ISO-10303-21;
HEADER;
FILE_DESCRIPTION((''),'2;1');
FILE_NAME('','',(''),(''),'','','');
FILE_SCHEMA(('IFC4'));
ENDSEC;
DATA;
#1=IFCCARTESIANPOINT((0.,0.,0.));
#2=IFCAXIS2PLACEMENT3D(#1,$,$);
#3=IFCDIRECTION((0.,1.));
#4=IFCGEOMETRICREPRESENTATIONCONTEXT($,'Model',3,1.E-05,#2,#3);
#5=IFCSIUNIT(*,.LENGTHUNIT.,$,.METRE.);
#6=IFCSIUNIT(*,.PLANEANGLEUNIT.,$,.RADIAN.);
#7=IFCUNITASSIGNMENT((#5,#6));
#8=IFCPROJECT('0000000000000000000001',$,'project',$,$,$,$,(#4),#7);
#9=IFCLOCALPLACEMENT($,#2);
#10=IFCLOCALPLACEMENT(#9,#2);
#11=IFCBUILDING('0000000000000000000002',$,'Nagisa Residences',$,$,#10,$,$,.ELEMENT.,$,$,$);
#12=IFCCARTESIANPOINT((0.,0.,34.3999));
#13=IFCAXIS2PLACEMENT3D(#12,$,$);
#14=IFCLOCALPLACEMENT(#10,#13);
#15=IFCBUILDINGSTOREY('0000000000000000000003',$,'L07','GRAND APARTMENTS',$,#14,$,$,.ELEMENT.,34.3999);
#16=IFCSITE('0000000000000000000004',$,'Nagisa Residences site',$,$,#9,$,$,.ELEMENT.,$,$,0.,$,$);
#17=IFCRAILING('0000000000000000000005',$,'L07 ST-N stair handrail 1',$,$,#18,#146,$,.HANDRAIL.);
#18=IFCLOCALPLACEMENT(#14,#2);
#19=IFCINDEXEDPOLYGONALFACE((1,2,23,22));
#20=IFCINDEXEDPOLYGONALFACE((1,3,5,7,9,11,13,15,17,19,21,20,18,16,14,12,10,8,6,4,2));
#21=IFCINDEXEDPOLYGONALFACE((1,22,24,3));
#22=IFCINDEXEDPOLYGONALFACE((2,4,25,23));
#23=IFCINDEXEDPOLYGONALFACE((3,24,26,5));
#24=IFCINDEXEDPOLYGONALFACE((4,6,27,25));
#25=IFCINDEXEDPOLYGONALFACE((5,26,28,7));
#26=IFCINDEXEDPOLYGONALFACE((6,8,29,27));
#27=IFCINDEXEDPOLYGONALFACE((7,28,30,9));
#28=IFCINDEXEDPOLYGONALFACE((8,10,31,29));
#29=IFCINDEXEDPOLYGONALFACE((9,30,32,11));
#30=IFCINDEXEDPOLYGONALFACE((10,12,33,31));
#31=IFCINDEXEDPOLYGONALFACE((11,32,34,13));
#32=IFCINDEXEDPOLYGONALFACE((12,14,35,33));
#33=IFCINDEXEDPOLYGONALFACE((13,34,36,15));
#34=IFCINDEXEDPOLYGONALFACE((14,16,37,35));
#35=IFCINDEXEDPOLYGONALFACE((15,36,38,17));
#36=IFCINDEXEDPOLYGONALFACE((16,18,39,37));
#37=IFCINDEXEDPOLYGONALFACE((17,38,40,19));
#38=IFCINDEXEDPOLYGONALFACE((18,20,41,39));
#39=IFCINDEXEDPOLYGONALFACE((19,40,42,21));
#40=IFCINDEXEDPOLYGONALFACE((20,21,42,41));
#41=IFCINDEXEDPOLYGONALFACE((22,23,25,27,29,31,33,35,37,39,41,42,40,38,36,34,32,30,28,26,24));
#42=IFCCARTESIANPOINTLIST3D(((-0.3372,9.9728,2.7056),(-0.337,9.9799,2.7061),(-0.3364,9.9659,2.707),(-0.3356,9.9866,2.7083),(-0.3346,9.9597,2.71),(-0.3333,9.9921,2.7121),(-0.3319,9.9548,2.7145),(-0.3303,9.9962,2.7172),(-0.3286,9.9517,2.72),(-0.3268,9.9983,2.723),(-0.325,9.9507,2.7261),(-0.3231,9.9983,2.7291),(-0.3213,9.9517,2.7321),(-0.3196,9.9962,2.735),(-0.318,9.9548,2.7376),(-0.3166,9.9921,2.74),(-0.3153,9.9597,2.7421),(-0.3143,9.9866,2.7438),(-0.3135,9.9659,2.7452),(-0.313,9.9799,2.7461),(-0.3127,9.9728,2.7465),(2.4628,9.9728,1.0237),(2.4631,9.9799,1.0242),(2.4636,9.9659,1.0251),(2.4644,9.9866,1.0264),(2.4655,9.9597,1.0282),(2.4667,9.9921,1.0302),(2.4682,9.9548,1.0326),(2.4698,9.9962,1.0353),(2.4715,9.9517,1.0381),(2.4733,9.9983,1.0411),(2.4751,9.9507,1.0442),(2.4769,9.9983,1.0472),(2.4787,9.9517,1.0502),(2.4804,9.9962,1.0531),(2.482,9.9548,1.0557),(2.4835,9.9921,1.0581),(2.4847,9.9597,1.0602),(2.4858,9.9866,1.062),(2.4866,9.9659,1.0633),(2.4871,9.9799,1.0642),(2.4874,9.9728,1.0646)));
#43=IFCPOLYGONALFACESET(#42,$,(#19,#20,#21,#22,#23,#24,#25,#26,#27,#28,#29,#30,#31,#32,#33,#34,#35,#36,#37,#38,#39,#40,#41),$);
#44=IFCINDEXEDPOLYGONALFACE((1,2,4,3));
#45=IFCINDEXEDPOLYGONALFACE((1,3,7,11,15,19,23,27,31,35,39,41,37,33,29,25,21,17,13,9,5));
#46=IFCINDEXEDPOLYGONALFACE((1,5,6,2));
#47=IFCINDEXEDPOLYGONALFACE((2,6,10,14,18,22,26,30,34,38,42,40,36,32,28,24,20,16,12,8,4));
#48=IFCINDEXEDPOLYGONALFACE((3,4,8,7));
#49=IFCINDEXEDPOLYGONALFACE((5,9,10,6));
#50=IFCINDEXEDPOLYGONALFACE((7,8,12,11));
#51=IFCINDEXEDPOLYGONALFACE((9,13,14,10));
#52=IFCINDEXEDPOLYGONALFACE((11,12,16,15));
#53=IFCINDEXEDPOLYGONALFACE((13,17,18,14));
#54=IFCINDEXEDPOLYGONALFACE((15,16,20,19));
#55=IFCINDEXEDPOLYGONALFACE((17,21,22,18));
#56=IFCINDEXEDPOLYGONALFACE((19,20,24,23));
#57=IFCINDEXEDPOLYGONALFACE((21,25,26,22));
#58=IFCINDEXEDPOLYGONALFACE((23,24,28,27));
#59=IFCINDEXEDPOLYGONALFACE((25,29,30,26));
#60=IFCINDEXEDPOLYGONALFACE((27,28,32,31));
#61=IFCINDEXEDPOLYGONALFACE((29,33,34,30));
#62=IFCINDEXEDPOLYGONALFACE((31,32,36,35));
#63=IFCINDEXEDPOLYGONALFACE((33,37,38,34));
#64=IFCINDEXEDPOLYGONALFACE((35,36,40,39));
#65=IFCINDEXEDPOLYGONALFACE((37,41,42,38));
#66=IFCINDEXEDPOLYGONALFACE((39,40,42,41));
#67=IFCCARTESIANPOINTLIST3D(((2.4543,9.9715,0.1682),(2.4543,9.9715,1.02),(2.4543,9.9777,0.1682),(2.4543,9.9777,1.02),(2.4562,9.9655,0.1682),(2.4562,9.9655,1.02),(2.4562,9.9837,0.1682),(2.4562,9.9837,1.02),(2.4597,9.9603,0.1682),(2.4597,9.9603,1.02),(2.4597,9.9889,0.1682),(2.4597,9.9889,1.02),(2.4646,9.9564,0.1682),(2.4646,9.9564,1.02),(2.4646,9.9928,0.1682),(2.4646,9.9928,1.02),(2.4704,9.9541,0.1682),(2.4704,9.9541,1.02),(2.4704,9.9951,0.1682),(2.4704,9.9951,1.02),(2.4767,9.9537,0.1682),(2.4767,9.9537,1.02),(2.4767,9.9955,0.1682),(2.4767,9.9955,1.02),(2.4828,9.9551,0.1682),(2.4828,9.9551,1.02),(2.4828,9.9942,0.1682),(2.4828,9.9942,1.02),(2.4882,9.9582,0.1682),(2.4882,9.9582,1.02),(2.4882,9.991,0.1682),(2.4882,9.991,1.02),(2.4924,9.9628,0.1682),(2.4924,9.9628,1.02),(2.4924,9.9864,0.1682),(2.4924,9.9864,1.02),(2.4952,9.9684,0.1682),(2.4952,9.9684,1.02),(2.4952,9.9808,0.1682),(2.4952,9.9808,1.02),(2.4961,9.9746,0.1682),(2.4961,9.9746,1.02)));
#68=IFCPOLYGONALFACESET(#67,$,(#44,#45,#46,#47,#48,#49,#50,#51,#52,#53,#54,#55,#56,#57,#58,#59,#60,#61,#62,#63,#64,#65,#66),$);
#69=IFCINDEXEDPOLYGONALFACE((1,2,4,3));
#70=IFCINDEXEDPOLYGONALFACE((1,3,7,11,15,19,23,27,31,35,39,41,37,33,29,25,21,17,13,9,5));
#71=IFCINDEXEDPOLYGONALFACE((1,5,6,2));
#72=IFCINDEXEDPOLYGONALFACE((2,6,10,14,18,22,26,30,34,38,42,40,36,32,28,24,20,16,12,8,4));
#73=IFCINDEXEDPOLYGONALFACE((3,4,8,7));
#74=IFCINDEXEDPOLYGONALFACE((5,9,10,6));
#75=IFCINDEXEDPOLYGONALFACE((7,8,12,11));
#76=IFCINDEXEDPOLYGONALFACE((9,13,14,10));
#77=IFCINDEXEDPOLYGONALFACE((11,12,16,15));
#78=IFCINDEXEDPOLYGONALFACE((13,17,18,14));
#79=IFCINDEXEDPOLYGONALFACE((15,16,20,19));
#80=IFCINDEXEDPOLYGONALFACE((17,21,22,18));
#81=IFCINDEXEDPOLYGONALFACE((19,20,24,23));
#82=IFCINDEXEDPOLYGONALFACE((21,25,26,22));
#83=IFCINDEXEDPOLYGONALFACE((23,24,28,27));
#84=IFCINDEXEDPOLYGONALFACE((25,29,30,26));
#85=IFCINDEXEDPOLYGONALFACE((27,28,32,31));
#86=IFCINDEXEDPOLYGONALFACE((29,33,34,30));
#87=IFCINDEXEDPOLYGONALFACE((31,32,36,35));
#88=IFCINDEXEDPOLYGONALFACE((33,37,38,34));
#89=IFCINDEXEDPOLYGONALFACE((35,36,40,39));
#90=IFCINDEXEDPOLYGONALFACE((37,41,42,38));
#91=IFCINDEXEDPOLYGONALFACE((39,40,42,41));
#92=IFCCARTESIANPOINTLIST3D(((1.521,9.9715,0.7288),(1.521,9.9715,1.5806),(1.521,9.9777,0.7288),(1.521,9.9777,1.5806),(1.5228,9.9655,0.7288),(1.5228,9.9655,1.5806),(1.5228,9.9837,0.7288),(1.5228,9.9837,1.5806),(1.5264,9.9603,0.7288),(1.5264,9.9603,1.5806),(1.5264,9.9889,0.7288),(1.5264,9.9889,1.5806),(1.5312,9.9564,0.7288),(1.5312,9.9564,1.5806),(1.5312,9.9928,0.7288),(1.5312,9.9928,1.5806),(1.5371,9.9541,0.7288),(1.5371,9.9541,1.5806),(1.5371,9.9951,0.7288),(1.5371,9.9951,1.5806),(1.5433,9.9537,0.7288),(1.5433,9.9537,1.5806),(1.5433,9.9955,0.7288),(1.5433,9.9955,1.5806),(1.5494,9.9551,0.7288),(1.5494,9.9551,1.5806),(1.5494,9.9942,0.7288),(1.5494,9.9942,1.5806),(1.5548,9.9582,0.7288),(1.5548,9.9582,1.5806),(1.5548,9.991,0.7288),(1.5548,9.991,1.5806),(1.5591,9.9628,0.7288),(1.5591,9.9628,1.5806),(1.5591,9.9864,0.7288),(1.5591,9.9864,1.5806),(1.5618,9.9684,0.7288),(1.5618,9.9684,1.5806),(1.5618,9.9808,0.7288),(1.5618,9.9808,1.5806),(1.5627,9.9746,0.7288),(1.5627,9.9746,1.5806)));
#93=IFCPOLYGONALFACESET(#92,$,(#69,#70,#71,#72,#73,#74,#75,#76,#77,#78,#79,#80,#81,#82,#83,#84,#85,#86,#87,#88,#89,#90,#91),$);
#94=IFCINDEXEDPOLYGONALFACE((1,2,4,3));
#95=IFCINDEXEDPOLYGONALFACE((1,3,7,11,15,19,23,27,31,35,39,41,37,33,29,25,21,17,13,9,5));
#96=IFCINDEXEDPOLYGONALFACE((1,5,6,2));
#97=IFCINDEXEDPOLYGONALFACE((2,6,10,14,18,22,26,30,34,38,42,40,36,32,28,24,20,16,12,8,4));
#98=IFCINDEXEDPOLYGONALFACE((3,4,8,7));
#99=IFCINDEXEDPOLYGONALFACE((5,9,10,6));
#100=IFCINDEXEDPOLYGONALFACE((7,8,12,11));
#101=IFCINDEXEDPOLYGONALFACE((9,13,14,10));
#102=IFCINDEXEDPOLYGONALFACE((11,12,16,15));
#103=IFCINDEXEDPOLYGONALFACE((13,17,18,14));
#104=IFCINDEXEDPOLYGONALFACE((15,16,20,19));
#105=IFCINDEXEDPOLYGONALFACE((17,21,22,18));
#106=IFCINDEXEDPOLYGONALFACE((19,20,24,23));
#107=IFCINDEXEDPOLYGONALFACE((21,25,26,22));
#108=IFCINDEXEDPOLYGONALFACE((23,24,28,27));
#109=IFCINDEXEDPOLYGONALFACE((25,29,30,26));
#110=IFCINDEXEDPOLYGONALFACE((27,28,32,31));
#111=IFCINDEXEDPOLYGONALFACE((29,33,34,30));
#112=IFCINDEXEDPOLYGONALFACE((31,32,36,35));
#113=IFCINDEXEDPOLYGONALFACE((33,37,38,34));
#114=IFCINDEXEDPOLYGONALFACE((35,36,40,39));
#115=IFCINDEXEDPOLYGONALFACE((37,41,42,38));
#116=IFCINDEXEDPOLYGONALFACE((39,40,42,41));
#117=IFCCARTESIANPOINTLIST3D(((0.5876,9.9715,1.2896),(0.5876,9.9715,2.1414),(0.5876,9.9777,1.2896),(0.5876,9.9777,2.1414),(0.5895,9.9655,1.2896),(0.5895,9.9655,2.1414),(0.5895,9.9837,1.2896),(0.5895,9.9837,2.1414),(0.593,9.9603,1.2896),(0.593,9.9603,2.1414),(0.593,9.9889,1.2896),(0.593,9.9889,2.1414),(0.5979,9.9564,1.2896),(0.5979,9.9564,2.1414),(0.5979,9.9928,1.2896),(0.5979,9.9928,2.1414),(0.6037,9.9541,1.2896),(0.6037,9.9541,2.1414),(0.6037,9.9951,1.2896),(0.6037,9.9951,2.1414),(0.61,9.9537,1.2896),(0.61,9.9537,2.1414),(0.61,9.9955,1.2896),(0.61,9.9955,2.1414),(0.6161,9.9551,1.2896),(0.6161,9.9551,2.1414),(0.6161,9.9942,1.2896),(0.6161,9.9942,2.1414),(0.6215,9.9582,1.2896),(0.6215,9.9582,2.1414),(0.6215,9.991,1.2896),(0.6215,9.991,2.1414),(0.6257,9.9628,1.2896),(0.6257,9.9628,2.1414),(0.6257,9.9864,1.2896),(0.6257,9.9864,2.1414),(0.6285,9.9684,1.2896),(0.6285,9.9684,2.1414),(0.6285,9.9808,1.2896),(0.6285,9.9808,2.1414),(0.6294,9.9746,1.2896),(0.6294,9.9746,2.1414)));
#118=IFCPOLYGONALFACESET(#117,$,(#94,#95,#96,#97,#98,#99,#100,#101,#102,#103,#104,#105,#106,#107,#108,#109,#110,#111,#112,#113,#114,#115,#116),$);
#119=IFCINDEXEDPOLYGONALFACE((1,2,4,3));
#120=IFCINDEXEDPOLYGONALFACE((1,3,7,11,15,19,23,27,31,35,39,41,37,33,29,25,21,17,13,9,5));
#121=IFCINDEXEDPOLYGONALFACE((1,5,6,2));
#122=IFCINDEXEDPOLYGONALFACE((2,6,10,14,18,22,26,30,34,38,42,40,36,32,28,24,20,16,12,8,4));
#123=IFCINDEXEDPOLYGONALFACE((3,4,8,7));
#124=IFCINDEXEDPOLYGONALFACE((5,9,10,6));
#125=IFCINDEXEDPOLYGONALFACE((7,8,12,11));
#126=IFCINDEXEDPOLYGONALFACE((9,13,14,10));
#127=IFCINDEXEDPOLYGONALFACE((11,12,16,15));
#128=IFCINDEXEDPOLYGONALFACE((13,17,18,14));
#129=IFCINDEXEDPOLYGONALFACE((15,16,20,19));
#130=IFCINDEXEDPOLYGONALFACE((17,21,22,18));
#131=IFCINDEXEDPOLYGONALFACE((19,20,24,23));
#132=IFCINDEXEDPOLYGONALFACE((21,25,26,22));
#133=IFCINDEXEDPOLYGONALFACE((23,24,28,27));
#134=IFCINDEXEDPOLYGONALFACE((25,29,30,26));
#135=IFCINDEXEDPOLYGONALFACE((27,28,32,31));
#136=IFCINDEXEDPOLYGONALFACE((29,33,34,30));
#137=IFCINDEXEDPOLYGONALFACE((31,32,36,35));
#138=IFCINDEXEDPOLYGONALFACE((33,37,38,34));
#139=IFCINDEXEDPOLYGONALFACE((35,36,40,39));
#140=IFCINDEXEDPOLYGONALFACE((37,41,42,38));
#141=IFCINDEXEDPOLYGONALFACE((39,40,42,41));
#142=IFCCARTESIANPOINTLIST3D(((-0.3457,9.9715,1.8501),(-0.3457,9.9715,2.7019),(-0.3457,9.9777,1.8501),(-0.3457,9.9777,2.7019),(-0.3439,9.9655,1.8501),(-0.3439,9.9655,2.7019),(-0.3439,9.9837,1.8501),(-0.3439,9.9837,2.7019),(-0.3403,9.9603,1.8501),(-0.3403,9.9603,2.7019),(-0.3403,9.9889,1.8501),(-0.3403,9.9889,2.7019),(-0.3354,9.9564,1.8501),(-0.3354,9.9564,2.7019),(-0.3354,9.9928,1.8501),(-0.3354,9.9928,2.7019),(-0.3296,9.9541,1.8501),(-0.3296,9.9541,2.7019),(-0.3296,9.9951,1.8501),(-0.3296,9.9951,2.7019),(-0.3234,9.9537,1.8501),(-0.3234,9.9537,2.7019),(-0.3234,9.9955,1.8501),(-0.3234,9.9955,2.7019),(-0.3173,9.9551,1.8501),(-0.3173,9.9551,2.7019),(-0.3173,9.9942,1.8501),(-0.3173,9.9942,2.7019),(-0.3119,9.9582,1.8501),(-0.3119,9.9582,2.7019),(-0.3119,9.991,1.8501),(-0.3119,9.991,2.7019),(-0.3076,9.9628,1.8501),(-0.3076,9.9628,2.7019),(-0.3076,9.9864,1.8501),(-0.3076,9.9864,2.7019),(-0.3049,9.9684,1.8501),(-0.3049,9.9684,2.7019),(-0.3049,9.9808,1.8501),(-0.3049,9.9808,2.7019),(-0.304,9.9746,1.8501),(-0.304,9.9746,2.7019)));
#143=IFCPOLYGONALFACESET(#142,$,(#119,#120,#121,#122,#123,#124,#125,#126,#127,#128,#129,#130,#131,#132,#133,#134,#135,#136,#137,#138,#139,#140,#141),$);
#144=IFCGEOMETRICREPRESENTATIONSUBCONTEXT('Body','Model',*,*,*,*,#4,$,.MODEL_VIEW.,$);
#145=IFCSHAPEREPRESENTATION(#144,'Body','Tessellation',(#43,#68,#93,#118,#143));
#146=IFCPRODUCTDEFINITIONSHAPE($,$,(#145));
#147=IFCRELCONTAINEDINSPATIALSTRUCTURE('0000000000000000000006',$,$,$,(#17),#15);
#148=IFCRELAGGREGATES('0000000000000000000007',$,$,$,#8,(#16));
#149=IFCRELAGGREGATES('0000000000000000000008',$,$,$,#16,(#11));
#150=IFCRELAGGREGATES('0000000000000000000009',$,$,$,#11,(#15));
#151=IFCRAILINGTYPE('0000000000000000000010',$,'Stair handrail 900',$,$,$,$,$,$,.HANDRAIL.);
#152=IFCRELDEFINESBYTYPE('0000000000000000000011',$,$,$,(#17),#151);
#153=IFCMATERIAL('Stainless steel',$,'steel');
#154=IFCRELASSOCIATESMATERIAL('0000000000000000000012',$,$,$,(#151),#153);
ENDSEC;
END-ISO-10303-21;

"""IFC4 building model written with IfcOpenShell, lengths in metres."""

from ifc_helpers import new_model, si_unit, direction, frame, origin, origin_2d, place, context, subcontext, project, spatial, circle, extrude, material, type_object, element, save


model = new_model("IFC4")

# Units and contexts
model_context = context("Model", 3, precision=1e-05, world=origin(), true_north=direction((0.0, 1.0)))
body_context = subcontext(model_context, "Body", "Model", "MODEL_VIEW")
ifc_project = project(units=[si_unit("LENGTHUNIT", "METRE"), si_unit("PLANEANGLEUNIT", "RADIAN")], contexts=[model_context])

# Site, building, storey
site_placement = place(None, origin())
site = spatial("IfcSite", under=ifc_project, at=site_placement, Name="Nagisa Residences site", CompositionType="ELEMENT", RefElevation=0.0)
building_placement = place(site_placement, origin())
building = spatial("IfcBuilding", under=site, at=building_placement, Name="Nagisa Residences", CompositionType="ELEMENT")
storey_placement = place(building_placement, frame((0.0, 0.0, 34.3999)))
storey = spatial("IfcBuildingStorey", under=building, at=storey_placement, Name="L07", Description="GRAND APARTMENTS", CompositionType="ELEMENT", Elevation=34.3999)

# Railing
ifc_material_1 = material(Name="Stainless steel", Category="steel")
railing_type_1 = type_object("IfcRailingType", Name="Stair handrail 900", PredefinedType="HANDRAIL", material=ifc_material_1)
railing_1_placement = place(storey_placement, frame((2.4751, 9.9746, 0.1682)))
element("IfcRailing", 1, at=railing_1_placement, inside=storey, type_object=railing_type_1, Name="L07 ST-N stair handrail 1", PredefinedType="HANDRAIL", context=body_context, shape_type="SweptSolid", body=[
    extrude(circle(Radius=0.0239, at=origin_2d()), frame((0.0, 0.0, 0.876), z_axis=(-0.857242, 0.0, 0.514913), x_axis=(0.0, -1.0, 0.0)), (0.0, 0.0, 1.0), 3.2664),
    extrude(circle(Radius=0.021, at=origin_2d()), origin(), (0.0, 0.0, 1.0), 0.8518),
    extrude(circle(Radius=0.021, at=origin_2d()), frame((-0.9333, 0.0, 0.5605)), (0.0, 0.0, 1.0), 0.8518),
    extrude(circle(Radius=0.021, at=origin_2d()), frame((-1.8667, 0.0, 1.1213)), (0.0, 0.0, 1.0), 0.8518),
    extrude(circle(Radius=0.021, at=origin_2d()), frame((-2.8, 0.0, 1.6819)), (0.0, 0.0, 1.0), 0.8518),
])

save(model, "model.ifc")
